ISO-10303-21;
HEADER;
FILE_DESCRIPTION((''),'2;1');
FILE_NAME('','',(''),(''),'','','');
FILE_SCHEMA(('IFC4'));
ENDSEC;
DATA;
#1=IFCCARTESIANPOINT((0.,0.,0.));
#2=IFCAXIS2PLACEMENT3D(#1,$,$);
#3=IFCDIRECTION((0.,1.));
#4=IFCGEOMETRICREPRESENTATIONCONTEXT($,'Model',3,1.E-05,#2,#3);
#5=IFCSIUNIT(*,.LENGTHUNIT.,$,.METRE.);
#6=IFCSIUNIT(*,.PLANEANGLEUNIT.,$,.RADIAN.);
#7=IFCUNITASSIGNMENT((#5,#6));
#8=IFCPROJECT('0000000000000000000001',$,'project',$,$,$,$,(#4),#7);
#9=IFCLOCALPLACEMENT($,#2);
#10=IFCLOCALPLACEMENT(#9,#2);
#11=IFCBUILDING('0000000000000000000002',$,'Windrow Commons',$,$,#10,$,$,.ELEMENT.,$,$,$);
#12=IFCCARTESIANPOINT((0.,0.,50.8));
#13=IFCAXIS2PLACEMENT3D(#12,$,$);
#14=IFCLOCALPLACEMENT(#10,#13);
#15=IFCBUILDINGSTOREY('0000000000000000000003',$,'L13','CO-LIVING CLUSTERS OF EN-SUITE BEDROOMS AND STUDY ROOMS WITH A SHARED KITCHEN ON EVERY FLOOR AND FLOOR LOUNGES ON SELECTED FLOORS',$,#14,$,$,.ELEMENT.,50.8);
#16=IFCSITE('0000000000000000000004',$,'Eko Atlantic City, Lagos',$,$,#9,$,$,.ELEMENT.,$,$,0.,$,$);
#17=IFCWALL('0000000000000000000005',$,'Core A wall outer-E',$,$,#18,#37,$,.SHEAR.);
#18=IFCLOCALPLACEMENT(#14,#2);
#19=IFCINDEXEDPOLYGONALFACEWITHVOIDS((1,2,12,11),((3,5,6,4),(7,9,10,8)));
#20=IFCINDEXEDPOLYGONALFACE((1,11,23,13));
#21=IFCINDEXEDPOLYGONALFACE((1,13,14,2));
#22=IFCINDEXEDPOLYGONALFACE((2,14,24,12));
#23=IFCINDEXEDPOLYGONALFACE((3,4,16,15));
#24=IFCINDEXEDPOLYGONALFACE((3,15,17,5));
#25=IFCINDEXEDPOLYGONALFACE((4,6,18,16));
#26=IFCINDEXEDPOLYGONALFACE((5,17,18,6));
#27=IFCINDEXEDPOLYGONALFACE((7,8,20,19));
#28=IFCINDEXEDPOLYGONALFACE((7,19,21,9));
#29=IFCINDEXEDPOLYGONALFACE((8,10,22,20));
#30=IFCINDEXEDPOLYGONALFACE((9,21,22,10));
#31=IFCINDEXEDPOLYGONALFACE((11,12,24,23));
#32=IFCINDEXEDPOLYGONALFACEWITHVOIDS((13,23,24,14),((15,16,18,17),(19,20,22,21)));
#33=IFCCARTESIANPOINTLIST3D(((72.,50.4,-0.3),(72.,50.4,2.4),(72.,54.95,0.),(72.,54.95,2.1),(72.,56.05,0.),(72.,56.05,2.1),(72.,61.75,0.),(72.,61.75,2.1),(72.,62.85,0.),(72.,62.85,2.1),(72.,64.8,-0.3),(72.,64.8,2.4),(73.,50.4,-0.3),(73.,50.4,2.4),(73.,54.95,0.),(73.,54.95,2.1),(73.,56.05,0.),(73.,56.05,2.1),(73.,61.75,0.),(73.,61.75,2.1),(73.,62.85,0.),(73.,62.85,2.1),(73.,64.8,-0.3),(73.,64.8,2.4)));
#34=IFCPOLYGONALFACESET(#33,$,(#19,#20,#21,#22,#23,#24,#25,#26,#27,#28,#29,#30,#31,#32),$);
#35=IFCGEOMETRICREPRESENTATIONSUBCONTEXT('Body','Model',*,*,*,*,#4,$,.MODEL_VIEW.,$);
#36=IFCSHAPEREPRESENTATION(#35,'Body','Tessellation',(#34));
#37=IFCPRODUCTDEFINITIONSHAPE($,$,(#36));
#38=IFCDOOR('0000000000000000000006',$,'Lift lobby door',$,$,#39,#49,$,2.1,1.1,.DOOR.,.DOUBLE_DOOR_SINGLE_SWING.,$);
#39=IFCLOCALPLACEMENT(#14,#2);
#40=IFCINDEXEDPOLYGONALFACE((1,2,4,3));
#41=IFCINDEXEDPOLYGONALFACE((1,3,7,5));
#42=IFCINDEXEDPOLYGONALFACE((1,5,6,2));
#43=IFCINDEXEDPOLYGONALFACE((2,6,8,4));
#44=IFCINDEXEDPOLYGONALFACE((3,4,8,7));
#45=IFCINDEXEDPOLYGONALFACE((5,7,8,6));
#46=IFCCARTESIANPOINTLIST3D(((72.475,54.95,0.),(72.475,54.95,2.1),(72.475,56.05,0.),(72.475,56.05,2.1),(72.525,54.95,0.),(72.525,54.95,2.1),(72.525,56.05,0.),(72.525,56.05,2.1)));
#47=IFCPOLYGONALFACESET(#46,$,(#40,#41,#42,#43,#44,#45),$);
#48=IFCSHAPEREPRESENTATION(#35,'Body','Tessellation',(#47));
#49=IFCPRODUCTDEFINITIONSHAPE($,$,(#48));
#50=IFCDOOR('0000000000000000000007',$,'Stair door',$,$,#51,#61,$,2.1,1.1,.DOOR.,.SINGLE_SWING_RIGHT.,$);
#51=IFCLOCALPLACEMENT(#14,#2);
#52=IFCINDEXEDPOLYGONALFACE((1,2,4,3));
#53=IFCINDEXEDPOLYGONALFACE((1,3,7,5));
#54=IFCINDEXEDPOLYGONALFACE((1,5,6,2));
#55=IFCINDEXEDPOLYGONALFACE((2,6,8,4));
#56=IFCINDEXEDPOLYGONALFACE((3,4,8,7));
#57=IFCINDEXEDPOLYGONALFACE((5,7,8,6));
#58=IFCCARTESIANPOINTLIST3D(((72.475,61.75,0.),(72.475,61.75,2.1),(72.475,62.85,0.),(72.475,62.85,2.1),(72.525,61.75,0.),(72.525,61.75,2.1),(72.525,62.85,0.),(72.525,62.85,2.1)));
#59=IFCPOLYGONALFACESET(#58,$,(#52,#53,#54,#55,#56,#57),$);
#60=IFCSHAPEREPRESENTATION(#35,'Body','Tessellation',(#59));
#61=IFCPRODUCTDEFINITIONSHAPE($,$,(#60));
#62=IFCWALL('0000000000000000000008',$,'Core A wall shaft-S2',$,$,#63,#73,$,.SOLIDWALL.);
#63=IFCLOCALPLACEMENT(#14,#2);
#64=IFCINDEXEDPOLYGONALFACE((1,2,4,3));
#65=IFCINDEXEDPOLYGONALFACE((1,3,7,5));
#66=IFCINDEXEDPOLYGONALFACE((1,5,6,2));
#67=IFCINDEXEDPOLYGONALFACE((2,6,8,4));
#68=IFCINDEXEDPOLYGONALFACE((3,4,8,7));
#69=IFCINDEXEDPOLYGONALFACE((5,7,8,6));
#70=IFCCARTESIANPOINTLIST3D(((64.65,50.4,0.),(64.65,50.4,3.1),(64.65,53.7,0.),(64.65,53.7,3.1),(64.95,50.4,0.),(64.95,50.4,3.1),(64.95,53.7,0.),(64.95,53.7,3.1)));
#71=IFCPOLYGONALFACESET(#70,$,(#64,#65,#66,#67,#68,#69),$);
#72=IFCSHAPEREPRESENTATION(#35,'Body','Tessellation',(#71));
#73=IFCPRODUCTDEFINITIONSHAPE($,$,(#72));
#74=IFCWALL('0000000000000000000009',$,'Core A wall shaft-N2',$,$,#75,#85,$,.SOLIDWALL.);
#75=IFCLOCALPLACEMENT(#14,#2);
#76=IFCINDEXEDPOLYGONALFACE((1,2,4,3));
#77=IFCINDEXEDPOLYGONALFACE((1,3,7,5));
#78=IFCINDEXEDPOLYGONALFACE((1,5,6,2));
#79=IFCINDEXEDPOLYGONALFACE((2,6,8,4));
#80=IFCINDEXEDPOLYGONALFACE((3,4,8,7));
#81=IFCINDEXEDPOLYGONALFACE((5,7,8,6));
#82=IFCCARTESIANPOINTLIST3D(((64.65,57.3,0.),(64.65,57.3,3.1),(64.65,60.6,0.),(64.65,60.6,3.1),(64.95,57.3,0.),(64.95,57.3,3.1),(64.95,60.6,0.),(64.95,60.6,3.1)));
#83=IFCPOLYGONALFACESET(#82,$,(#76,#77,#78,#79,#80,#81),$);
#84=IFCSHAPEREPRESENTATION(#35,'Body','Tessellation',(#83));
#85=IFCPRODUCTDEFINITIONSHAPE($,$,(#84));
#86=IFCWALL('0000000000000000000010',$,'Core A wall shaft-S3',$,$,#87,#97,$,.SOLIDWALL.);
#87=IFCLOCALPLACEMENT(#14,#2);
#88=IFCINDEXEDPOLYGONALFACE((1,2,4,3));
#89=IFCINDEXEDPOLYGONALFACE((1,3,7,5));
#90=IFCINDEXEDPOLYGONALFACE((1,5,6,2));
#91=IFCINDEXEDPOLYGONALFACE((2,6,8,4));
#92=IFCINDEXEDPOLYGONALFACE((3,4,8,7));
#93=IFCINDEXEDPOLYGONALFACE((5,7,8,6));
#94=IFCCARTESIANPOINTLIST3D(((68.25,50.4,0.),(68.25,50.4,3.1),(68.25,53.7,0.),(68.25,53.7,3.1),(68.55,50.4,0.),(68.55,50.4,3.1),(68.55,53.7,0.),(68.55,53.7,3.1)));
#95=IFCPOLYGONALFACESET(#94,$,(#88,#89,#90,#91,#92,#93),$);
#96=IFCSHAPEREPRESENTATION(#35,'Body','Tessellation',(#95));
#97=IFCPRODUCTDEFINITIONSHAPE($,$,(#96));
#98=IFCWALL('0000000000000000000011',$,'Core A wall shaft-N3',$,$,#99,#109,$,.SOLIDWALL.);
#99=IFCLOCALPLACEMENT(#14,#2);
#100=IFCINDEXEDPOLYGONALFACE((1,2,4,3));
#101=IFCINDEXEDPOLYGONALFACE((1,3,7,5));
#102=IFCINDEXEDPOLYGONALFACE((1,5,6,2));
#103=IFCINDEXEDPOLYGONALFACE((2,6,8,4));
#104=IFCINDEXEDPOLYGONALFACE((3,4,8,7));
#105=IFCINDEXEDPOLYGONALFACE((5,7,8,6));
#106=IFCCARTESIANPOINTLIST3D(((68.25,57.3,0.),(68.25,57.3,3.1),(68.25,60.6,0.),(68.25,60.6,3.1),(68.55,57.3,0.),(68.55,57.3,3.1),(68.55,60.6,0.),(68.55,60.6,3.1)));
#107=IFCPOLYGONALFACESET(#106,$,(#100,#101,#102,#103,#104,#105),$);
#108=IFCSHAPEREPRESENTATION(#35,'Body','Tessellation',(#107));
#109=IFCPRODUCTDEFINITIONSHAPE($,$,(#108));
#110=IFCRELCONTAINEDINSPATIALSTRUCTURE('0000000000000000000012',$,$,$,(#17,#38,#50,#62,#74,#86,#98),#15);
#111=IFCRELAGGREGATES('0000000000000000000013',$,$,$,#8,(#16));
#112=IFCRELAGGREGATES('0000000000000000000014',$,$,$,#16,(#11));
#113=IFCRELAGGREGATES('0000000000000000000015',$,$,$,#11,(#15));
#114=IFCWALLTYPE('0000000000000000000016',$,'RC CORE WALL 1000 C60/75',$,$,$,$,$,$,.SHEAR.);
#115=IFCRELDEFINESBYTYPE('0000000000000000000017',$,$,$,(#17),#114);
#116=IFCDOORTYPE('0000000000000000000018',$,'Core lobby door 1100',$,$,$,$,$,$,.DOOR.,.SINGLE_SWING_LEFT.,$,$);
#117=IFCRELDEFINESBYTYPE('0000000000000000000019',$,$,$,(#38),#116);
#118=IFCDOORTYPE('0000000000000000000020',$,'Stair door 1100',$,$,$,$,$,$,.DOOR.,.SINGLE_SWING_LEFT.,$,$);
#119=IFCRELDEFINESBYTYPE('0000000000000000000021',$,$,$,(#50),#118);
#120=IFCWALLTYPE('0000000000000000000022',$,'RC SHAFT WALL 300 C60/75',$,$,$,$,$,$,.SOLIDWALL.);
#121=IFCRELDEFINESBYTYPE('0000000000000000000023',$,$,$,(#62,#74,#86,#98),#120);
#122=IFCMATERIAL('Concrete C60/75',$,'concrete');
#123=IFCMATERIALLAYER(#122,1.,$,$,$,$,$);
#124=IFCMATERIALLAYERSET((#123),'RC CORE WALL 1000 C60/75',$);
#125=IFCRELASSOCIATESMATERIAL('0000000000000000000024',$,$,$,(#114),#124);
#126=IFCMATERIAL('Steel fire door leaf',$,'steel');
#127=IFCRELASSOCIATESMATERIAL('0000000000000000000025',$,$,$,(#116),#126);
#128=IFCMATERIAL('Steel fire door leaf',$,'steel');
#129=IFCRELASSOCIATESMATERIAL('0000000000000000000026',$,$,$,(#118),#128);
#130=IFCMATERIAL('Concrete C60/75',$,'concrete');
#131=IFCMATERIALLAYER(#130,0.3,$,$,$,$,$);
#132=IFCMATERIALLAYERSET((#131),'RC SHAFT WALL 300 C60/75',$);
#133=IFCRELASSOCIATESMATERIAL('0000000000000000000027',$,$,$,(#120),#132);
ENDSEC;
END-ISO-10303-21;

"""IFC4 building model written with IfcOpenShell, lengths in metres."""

from ifc_helpers import new_model, si_unit, direction, frame, frame_2d, origin, place, context, subcontext, project, spatial, rectangle, extrude, material, layer, layer_set, type_object, element, fill, save


model = new_model("IFC4")

# Units and contexts
model_context = context("Model", 3, precision=1e-05, world=origin(), true_north=direction((0.0, 1.0)))
body_context = subcontext(model_context, "Body", "Model", "MODEL_VIEW")
ifc_project = project(units=[si_unit("LENGTHUNIT", "METRE"), si_unit("PLANEANGLEUNIT", "RADIAN")], contexts=[model_context])

# Site, building, storey
site_placement = place(None, origin())
site = spatial("IfcSite", under=ifc_project, at=site_placement, Name="Eko Atlantic City, Lagos", CompositionType="ELEMENT", RefElevation=0.0)
building_placement = place(site_placement, origin())
building = spatial("IfcBuilding", under=site, at=building_placement, Name="Windrow Commons", CompositionType="ELEMENT")
storey_placement = place(building_placement, frame((0.0, 0.0, 50.8)))
storey = spatial("IfcBuildingStorey", under=building, at=storey_placement, Name="L13", Description="CO-LIVING CLUSTERS OF EN-SUITE BEDROOMS AND STUDY ROOMS WITH A SHARED KITCHEN ON EVERY FLOOR AND FLOOR LOUNGES ON SELECTED FLOORS", CompositionType="ELEMENT", Elevation=50.8)

# Wall, openings, doors
ifc_material_1 = material(Name="Concrete C60/75", Category="concrete")
ifc_layer_1 = layer(ifc_material_1, 1.0)
ifc_layer_set_1 = layer_set([ifc_layer_1], Name="RC CORE WALL 1000 C60/75")
wall_type_1 = type_object("IfcWallType", Name="RC CORE WALL 1000 C60/75", PredefinedType="SHEAR", material=ifc_layer_set_1)
wall_1_placement = place(storey_placement, frame((72.5, 50.4, -0.3), z_axis=(0.0, 0.0, 1.0), x_axis=(0.0, 1.0, 0.0)))
wall_1 = element("IfcWall", 1, at=wall_1_placement, inside=storey, type_object=wall_type_1, Name="Core A wall outer-E", PredefinedType="SHEAR", context=body_context, shape_type="SweptSolid", body=[
    extrude(rectangle(XDim=14.4, YDim=1.0, at=frame_2d((7.2, 0.0))), origin(), (0.0, 0.0, 1.0), 2.7),
])
opening_1_placement = place(wall_1_placement, frame((4.55, 0.0, 0.3)))
opening_1 = element("IfcOpeningElement", 2, at=opening_1_placement, cuts=wall_1, PredefinedType="OPENING", context=body_context, shape_type="SweptSolid", body=[
    extrude(rectangle(XDim=1.1, YDim=2.1, at=frame_2d((0.55, 1.05))), frame((0.0, 0.51, 0.0), z_axis=(0.0, -1.0, 0.0), x_axis=(1.0, 0.0, 0.0)), (0.0, 0.0, 1.0), 1.02),
])
opening_2_placement = place(wall_1_placement, frame((11.35, 0.0, 0.3)))
opening_2 = element("IfcOpeningElement", 3, at=opening_2_placement, cuts=wall_1, PredefinedType="OPENING", context=body_context, shape_type="SweptSolid", body=[
    extrude(rectangle(XDim=1.1, YDim=2.1, at=frame_2d((0.55, 1.05))), frame((0.0, 0.51, 0.0), z_axis=(0.0, -1.0, 0.0), x_axis=(1.0, 0.0, 0.0)), (0.0, 0.0, 1.0), 1.02),
])
ifc_material_2 = material(Name="Steel fire door leaf", Category="steel")
door_type_1 = type_object("IfcDoorType", Name="Core lobby door 1100", OperationType="SINGLE_SWING_LEFT", PredefinedType="DOOR", material=ifc_material_2)
door_1_placement = place(opening_1_placement, origin())
door_1 = element("IfcDoor", 4, at=door_1_placement, inside=storey, type_object=door_type_1, Name="Lift lobby door", OperationType="DOUBLE_DOOR_SINGLE_SWING", OverallHeight=2.1, OverallWidth=1.1, PredefinedType="DOOR", context=body_context, shape_type="SweptSolid", body=[
    extrude(rectangle(XDim=1.1, YDim=2.1, at=frame_2d((0.55, 1.05))), frame((0.0, 0.025, 0.0), z_axis=(0.0, -1.0, 0.0), x_axis=(1.0, 0.0, 0.0)), (0.0, 0.0, 1.0), 0.05),
])
fill(opening_1, door_1)
ifc_material_3 = material(Name="Steel fire door leaf", Category="steel")
door_type_2 = type_object("IfcDoorType", Name="Stair door 1100", OperationType="SINGLE_SWING_LEFT", PredefinedType="DOOR", material=ifc_material_3)
door_2_placement = place(opening_2_placement, origin())
door_2 = element("IfcDoor", 5, at=door_2_placement, inside=storey, type_object=door_type_2, Name="Stair door", OperationType="SINGLE_SWING_RIGHT", OverallHeight=2.1, OverallWidth=1.1, PredefinedType="DOOR", context=body_context, shape_type="SweptSolid", body=[
    extrude(rectangle(XDim=1.1, YDim=2.1, at=frame_2d((0.55, 1.05))), frame((0.0, 0.025, 0.0), z_axis=(0.0, -1.0, 0.0), x_axis=(1.0, 0.0, 0.0)), (0.0, 0.0, 1.0), 0.05),
])
fill(opening_2, door_2)

# Walls
ifc_material_4 = material(Name="Concrete C60/75", Category="concrete")
ifc_layer_2 = layer(ifc_material_4, 0.3)
ifc_layer_set_2 = layer_set([ifc_layer_2], Name="RC SHAFT WALL 300 C60/75")
wall_type_2 = type_object("IfcWallType", Name="RC SHAFT WALL 300 C60/75", PredefinedType="SOLIDWALL", material=ifc_layer_set_2)
for number, where, z_axis, x_axis, name in (
    (6, (64.8, 50.4, 0.0), (0.0, 0.0, 1.0), (0.0, 1.0, 0.0), "Core A wall shaft-S2"),
    (7, (64.8, 57.3, 0.0), (0.0, 0.0, 1.0), (0.0, 1.0, 0.0), "Core A wall shaft-N2"),
    (8, (68.4, 50.4, 0.0), (0.0, 0.0, 1.0), (0.0, 1.0, 0.0), "Core A wall shaft-S3"),
    (9, (68.4, 57.3, 0.0), (0.0, 0.0, 1.0), (0.0, 1.0, 0.0), "Core A wall shaft-N3"),
):
    element("IfcWall", number, at=place(storey_placement, frame(where, z_axis=z_axis, x_axis=x_axis)), inside=storey, type_object=wall_type_2, Name=name, PredefinedType="SOLIDWALL", context=body_context, shape_type="SweptSolid", body=[
        extrude(rectangle(XDim=3.3, YDim=0.3, at=frame_2d((1.65, 0.0))), origin(), (0.0, 0.0, 1.0), 3.1),
    ])

save(model, "model.ifc")
